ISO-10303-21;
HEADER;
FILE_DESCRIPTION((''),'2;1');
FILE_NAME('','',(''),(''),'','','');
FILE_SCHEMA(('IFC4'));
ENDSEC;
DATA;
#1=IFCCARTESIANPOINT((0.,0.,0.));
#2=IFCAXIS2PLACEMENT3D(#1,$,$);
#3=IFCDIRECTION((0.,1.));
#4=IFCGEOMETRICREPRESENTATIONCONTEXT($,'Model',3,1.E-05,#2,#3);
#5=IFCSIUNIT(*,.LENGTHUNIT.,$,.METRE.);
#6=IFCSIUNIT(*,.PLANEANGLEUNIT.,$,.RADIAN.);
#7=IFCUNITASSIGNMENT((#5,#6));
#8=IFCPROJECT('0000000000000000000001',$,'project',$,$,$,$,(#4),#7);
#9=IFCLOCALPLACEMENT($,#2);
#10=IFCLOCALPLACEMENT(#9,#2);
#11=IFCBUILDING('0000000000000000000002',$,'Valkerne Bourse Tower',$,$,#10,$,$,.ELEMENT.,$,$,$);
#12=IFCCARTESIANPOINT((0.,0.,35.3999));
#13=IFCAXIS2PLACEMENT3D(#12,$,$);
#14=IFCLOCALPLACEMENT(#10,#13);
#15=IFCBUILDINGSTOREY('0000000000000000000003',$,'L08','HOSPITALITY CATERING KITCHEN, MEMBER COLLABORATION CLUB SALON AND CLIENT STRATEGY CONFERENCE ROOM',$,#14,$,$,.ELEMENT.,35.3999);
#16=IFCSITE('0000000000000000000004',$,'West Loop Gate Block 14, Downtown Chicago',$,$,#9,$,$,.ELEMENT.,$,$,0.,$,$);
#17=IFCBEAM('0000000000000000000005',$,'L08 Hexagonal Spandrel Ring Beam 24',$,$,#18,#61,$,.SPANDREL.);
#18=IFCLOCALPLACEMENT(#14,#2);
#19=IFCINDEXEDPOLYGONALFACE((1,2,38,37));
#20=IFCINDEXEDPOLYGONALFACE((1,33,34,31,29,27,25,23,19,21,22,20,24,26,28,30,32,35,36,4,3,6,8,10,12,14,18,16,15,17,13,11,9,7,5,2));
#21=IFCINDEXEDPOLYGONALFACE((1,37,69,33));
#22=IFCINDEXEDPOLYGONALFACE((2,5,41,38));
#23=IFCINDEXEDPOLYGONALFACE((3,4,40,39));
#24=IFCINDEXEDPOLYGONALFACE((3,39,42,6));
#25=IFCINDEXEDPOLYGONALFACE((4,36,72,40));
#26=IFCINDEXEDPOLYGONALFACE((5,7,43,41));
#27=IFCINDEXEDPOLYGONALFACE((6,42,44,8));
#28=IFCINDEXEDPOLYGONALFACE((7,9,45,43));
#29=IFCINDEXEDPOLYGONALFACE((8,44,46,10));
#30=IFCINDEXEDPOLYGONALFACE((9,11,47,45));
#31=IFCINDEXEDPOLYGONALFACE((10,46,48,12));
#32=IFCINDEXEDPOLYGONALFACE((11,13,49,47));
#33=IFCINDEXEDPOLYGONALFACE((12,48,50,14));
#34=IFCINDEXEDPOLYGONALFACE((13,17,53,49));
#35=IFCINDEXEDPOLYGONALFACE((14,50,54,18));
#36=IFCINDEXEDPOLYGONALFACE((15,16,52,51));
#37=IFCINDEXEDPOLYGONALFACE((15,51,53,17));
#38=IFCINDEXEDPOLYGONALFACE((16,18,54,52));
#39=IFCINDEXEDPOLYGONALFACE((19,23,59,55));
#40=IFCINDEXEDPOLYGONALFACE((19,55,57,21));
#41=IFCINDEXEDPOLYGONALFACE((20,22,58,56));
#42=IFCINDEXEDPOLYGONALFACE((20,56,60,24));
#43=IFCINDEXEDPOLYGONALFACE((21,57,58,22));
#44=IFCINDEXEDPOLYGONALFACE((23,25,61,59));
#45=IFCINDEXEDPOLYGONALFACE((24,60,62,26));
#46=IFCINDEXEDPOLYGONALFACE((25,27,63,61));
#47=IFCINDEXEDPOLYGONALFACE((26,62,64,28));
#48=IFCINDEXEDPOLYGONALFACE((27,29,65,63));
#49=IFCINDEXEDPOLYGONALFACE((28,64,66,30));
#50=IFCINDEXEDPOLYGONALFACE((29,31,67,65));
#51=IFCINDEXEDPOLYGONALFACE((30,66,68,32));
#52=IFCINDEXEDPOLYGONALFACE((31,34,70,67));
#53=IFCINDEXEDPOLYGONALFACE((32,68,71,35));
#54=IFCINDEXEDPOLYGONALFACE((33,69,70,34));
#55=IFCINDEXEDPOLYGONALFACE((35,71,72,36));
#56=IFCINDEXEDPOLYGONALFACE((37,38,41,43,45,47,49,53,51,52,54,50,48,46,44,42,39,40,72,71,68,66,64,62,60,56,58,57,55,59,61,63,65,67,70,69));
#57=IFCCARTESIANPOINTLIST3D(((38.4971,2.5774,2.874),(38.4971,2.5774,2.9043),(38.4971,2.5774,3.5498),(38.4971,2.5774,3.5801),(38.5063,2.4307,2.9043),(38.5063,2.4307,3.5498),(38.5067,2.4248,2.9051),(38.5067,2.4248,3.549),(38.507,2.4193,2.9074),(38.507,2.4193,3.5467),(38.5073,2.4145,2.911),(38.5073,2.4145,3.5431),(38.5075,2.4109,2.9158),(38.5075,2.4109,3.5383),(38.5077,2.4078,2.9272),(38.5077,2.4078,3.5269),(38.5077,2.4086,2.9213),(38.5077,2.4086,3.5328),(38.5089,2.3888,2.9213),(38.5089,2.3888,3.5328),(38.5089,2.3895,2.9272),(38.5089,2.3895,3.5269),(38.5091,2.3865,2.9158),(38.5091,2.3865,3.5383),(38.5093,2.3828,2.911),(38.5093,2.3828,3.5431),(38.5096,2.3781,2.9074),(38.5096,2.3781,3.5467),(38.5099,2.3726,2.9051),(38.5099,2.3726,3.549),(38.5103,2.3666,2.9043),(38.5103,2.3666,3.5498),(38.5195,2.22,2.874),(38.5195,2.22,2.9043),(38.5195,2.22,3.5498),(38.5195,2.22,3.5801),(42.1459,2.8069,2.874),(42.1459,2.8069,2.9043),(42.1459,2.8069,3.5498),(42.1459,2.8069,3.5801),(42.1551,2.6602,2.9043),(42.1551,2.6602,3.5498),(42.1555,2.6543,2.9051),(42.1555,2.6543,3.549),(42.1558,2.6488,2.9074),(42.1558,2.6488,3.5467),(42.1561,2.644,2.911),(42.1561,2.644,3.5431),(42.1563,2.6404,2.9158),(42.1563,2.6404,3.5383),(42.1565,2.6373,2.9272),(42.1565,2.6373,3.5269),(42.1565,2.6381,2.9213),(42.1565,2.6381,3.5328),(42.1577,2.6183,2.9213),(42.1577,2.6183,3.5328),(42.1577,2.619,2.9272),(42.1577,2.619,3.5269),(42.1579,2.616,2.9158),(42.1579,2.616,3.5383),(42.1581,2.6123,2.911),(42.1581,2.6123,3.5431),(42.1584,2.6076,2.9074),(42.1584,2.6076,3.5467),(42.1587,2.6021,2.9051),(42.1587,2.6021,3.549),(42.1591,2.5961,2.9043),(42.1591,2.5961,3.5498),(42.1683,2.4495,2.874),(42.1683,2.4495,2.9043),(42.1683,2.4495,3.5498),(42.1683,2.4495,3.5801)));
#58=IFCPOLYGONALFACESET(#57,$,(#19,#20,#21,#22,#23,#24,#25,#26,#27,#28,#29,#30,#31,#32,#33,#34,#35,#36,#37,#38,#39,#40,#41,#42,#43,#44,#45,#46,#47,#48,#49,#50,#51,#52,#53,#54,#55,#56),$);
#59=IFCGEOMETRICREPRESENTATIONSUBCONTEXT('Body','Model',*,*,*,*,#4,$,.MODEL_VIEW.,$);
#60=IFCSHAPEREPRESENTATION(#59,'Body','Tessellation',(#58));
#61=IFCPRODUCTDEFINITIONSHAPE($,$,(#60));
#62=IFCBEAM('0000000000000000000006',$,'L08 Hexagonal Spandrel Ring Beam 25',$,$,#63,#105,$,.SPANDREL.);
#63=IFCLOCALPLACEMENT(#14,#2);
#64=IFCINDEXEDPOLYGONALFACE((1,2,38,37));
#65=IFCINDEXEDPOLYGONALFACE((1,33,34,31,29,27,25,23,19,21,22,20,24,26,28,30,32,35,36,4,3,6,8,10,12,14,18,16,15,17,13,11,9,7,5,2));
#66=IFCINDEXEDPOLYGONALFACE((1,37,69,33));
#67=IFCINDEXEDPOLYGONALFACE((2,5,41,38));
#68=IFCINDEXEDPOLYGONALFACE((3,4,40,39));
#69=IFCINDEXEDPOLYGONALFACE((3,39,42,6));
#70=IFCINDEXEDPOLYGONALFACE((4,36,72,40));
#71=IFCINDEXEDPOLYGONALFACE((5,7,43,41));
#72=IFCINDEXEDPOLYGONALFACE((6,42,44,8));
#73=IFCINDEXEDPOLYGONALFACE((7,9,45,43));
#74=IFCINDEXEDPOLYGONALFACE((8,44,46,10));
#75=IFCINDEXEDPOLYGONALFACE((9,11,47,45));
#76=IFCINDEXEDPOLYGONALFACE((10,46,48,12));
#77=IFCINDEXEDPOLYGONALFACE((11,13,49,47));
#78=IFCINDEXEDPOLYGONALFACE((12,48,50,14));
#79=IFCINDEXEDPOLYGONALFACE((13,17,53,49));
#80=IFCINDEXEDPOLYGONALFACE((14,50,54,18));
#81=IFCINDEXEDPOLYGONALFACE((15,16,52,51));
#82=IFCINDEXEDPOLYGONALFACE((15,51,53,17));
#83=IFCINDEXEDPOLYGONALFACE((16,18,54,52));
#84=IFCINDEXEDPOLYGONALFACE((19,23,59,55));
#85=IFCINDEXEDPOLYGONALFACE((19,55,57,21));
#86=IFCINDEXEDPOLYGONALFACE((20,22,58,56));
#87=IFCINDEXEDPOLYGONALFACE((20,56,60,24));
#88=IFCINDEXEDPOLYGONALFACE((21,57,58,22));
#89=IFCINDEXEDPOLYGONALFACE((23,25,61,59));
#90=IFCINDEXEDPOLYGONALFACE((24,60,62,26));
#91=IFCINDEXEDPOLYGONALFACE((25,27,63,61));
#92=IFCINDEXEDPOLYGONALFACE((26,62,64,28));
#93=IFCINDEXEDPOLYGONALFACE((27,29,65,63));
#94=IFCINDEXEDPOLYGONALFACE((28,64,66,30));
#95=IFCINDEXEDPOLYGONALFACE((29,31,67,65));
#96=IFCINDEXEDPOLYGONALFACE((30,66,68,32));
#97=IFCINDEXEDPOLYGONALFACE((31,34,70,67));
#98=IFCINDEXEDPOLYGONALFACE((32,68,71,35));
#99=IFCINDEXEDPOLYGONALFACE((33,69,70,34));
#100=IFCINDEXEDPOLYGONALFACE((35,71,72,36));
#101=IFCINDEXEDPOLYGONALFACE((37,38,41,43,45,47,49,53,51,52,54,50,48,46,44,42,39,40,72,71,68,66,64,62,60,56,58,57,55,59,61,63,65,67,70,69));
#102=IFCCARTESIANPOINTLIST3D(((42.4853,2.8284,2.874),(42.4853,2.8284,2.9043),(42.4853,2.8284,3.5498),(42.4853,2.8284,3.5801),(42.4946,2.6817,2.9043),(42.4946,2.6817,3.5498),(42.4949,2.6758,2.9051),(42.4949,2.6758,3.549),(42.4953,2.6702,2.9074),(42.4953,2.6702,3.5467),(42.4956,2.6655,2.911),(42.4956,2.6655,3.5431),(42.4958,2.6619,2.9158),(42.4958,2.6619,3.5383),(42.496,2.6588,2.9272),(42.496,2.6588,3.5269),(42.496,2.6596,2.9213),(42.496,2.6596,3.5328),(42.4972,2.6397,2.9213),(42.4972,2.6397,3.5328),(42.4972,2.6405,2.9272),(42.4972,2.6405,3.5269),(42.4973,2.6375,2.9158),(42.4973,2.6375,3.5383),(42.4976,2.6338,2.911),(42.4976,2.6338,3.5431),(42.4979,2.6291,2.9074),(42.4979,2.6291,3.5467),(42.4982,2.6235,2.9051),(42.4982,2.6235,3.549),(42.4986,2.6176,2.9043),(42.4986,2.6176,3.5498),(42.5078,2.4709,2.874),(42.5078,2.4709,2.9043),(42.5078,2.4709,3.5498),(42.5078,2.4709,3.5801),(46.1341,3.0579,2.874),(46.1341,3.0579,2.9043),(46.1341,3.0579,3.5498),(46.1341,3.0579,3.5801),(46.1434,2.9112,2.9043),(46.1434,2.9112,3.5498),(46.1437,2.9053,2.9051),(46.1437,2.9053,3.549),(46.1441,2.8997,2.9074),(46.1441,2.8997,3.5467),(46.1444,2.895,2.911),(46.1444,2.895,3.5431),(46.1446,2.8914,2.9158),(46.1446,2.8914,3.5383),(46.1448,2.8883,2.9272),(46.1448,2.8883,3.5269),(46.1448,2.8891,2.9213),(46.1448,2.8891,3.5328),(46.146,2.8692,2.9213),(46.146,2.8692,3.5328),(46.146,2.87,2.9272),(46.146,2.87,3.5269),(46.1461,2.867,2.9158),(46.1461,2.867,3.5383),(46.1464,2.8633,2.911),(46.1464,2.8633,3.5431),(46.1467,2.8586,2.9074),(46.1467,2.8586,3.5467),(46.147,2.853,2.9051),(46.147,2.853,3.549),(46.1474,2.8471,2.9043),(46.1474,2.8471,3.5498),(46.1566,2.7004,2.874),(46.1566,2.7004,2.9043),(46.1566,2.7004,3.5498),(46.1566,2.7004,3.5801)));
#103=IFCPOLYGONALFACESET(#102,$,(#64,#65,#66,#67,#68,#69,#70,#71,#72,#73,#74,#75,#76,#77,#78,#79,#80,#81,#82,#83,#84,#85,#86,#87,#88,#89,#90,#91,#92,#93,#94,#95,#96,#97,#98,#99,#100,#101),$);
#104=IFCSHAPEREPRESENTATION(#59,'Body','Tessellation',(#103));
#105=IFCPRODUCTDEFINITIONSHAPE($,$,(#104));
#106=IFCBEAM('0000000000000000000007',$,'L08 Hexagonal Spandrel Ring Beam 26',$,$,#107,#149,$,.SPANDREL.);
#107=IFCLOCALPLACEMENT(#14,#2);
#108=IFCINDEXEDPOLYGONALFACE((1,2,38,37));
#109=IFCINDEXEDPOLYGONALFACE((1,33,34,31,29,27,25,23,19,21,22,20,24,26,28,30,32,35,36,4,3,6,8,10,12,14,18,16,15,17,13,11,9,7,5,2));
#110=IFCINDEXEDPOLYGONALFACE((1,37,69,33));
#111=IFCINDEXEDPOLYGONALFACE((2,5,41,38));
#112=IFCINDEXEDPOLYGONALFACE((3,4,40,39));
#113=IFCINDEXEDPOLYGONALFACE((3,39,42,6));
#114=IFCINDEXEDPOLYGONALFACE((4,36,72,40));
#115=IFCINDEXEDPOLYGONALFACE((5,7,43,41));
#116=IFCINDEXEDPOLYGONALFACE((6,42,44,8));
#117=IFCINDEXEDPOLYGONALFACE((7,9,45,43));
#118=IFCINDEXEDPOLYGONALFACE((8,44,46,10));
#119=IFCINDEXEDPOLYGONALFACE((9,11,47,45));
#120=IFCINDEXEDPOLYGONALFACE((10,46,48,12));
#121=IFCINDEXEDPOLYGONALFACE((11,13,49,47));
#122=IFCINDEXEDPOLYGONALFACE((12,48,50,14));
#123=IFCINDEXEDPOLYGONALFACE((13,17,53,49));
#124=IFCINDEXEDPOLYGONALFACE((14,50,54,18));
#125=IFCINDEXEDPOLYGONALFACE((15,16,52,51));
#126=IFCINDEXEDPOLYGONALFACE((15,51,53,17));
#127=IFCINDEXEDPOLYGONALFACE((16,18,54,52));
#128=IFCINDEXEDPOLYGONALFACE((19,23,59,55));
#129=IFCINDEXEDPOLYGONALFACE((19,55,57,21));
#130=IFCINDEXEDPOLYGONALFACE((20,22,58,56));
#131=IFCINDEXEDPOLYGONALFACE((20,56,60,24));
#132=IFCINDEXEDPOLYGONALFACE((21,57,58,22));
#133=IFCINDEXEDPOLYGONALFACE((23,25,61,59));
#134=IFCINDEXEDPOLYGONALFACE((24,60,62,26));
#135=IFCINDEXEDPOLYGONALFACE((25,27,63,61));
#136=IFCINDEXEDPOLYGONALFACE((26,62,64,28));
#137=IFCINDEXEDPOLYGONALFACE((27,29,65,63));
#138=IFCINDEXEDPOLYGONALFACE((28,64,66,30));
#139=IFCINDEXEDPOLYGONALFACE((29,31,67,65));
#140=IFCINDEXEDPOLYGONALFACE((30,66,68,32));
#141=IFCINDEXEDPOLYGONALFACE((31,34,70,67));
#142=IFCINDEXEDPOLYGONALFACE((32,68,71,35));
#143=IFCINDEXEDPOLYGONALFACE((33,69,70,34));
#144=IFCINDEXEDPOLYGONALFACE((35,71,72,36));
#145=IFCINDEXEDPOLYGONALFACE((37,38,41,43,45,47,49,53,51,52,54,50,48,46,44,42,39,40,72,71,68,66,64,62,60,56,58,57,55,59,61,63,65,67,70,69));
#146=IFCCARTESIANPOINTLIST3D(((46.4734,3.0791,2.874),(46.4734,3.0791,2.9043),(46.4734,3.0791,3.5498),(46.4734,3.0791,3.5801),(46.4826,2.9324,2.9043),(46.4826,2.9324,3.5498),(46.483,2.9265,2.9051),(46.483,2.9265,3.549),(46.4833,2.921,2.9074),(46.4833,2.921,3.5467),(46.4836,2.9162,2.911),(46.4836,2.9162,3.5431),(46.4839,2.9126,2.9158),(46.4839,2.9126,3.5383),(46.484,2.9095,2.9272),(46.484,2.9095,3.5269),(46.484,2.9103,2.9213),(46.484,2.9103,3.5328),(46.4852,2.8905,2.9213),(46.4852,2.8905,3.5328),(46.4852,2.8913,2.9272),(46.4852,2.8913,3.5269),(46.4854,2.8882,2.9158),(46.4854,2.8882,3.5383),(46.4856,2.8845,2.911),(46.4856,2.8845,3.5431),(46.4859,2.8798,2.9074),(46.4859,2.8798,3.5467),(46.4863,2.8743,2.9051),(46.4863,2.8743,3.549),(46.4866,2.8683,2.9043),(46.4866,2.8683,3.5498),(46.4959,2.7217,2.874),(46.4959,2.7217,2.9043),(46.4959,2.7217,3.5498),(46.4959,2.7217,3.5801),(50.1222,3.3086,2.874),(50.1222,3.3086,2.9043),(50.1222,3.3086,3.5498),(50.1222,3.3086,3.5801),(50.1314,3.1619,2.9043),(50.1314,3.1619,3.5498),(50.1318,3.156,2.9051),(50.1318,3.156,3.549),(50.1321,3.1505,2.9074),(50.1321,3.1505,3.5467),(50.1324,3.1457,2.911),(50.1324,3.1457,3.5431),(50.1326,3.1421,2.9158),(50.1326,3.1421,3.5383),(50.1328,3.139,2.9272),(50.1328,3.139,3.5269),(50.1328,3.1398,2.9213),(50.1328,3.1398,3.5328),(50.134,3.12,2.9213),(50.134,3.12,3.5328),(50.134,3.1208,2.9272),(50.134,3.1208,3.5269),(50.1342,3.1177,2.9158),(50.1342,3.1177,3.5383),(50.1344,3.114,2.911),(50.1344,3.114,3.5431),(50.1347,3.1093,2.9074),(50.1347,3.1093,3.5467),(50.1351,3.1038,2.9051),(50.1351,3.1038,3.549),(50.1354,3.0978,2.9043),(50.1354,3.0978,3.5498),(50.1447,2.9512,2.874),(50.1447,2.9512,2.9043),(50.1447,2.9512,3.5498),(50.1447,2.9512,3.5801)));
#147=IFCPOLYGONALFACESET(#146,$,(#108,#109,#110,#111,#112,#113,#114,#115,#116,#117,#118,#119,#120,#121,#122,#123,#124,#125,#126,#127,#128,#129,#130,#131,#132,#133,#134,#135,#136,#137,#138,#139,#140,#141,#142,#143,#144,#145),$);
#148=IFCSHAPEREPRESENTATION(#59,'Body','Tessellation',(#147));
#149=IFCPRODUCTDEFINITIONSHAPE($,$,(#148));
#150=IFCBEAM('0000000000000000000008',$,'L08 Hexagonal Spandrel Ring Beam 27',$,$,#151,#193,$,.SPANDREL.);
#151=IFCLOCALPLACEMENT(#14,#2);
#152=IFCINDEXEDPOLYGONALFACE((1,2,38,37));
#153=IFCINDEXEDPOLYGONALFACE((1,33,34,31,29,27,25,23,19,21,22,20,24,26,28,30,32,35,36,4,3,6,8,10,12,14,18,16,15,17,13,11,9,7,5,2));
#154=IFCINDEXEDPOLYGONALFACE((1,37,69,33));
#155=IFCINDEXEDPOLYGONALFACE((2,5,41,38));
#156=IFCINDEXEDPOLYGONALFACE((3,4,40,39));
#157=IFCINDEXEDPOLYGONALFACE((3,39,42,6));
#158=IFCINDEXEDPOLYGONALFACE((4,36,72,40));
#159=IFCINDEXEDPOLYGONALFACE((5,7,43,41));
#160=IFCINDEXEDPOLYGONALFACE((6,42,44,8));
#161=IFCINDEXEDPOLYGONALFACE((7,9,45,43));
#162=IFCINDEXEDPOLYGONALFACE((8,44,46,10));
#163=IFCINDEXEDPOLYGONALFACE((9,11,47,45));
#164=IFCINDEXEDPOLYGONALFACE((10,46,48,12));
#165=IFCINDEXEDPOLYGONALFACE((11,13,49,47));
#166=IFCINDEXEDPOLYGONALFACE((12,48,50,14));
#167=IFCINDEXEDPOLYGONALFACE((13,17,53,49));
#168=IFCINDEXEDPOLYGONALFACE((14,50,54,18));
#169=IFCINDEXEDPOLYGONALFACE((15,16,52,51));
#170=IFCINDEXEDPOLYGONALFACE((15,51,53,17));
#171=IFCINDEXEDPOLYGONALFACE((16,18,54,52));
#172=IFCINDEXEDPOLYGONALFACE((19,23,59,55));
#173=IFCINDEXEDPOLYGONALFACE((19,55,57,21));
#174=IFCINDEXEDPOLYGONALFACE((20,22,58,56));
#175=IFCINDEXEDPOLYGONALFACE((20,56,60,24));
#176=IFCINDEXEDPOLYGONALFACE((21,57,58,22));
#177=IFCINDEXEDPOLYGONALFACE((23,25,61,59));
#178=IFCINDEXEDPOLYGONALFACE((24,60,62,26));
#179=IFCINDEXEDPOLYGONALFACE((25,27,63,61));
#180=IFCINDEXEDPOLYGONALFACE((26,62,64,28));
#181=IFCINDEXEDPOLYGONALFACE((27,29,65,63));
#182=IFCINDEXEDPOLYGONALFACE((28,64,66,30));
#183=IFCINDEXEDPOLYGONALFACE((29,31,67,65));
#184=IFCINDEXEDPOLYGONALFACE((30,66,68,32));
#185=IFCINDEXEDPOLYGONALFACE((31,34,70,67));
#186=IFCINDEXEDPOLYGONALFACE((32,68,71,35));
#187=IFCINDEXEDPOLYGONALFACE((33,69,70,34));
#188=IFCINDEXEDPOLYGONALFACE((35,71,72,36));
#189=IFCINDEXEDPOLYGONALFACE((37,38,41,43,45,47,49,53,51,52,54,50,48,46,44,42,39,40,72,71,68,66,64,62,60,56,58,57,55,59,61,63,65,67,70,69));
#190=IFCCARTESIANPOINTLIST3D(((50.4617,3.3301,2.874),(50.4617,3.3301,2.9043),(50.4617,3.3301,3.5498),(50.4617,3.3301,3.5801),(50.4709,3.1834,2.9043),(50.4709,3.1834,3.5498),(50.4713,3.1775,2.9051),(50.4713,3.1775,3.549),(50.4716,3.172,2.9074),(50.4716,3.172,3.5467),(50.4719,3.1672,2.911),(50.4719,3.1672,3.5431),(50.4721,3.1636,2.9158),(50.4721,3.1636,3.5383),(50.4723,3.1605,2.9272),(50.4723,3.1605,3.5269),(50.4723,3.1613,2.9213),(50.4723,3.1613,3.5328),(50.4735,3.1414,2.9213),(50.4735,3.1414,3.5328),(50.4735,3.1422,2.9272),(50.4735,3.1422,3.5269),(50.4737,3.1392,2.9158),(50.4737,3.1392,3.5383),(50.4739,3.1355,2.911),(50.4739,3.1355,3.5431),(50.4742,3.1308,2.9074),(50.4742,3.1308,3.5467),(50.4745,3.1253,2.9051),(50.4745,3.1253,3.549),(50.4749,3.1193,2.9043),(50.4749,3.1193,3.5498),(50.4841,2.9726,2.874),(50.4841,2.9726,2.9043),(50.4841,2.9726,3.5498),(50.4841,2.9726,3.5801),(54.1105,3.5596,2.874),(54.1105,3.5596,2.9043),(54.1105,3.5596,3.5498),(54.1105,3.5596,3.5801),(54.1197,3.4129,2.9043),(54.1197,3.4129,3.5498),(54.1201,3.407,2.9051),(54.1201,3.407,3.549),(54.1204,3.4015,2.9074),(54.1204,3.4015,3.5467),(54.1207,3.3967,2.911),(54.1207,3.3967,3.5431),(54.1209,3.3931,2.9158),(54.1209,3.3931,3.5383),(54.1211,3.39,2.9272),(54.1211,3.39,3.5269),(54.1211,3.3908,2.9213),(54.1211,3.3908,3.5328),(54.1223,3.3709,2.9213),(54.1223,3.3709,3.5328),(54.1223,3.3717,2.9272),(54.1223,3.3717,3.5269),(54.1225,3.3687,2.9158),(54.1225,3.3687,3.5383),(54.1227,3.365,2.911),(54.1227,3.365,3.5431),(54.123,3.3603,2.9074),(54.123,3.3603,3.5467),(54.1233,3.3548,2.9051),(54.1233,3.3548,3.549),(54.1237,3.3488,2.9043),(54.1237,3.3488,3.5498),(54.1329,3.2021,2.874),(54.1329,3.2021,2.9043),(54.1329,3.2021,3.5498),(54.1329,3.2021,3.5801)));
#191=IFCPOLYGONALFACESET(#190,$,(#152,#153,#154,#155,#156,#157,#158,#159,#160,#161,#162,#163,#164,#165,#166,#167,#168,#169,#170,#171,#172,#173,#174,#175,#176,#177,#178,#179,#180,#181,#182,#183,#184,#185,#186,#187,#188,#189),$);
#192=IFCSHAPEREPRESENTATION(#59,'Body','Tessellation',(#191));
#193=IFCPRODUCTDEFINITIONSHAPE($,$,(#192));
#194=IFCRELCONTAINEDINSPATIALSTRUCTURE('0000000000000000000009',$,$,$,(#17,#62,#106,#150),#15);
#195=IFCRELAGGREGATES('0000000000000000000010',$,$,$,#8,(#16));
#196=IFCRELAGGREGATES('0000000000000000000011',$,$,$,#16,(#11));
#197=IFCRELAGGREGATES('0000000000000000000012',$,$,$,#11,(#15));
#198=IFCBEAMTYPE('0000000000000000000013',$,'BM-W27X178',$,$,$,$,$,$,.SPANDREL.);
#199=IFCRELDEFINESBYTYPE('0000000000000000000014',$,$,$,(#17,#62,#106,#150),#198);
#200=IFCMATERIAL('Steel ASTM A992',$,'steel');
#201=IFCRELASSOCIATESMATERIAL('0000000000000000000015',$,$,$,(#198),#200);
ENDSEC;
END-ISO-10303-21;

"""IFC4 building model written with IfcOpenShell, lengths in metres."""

from ifc_helpers import new_model, si_unit, direction, frame, origin, origin_2d, place, context, subcontext, project, spatial, i_section, extrude, material, material_profile, profile_set, type_object, element, save


model = new_model("IFC4")

# Units and contexts
model_context = context("Model", 3, precision=1e-05, world=origin(), true_north=direction((0.0, 1.0)))
body_context = subcontext(model_context, "Body", "Model", "MODEL_VIEW")
ifc_project = project(units=[si_unit("LENGTHUNIT", "METRE"), si_unit("PLANEANGLEUNIT", "RADIAN")], contexts=[model_context])

# Site, building, storey
site_placement = place(None, origin())
site = spatial("IfcSite", under=ifc_project, at=site_placement, Name="West Loop Gate Block 14, Downtown Chicago", CompositionType="ELEMENT", RefElevation=0.0)
building_placement = place(site_placement, origin())
building = spatial("IfcBuilding", under=site, at=building_placement, Name="Valkerne Bourse Tower", CompositionType="ELEMENT")
storey_placement = place(building_placement, frame((0.0, 0.0, 35.3999)))
storey = spatial("IfcBuildingStorey", under=building, at=storey_placement, Name="L08", Description="HOSPITALITY CATERING KITCHEN, MEMBER COLLABORATION CLUB SALON AND CLIENT STRATEGY CONFERENCE ROOM", CompositionType="ELEMENT", Elevation=35.3999)

# Beams
ifc_material_1 = material(Name="Steel ASTM A992", Category="steel")
ifc_material_profile_1 = material_profile(ifc_material_1, i_section(OverallWidth=0.3582, OverallDepth=0.7061, WebThickness=0.0183, FlangeThickness=0.0303, FilletRadius=0.0229, at=origin_2d()), Name="W27X178")
ifc_profile_set_1 = profile_set([ifc_material_profile_1], Name="Steel ASTM A992")
beam_type_1 = type_object("IfcBeamType", Name="BM-W27X178", PredefinedType="SPANDREL", material=ifc_profile_set_1)
for number, where, z_axis, x_axis, name in (
    (1, (38.5083, 2.3987, 3.2271), (0.998028, 0.062773, 0.0), (-0.062773, 0.998028, 0.0), "L08 Hexagonal Spandrel Ring Beam 24"),
    (2, (42.4966, 2.6497, 3.2271), (0.998028, 0.062773, 0.0), (-0.062773, 0.998028, 0.0), "L08 Hexagonal Spandrel Ring Beam 25"),
    (3, (46.4846, 2.9004, 3.2271), (0.998028, 0.062773, 0.0), (-0.062773, 0.998028, 0.0), "L08 Hexagonal Spandrel Ring Beam 26"),
    (4, (50.4729, 3.1514, 3.2271), (0.998028, 0.062773, 0.0), (-0.062773, 0.998028, 0.0), "L08 Hexagonal Spandrel Ring Beam 27"),
):
    element("IfcBeam", number, at=place(storey_placement, frame(where, z_axis=z_axis, x_axis=x_axis)), inside=storey, type_object=beam_type_1, Name=name, PredefinedType="SPANDREL", context=body_context, shape_type="SweptSolid", body=[
        extrude(i_section(OverallWidth=0.3582, OverallDepth=0.7061, WebThickness=0.0183, FlangeThickness=0.0303, FilletRadius=0.0229, at=origin_2d()), origin(), (0.0, 0.0, 1.0), 3.656),
    ])

save(model, "model.ifc")
